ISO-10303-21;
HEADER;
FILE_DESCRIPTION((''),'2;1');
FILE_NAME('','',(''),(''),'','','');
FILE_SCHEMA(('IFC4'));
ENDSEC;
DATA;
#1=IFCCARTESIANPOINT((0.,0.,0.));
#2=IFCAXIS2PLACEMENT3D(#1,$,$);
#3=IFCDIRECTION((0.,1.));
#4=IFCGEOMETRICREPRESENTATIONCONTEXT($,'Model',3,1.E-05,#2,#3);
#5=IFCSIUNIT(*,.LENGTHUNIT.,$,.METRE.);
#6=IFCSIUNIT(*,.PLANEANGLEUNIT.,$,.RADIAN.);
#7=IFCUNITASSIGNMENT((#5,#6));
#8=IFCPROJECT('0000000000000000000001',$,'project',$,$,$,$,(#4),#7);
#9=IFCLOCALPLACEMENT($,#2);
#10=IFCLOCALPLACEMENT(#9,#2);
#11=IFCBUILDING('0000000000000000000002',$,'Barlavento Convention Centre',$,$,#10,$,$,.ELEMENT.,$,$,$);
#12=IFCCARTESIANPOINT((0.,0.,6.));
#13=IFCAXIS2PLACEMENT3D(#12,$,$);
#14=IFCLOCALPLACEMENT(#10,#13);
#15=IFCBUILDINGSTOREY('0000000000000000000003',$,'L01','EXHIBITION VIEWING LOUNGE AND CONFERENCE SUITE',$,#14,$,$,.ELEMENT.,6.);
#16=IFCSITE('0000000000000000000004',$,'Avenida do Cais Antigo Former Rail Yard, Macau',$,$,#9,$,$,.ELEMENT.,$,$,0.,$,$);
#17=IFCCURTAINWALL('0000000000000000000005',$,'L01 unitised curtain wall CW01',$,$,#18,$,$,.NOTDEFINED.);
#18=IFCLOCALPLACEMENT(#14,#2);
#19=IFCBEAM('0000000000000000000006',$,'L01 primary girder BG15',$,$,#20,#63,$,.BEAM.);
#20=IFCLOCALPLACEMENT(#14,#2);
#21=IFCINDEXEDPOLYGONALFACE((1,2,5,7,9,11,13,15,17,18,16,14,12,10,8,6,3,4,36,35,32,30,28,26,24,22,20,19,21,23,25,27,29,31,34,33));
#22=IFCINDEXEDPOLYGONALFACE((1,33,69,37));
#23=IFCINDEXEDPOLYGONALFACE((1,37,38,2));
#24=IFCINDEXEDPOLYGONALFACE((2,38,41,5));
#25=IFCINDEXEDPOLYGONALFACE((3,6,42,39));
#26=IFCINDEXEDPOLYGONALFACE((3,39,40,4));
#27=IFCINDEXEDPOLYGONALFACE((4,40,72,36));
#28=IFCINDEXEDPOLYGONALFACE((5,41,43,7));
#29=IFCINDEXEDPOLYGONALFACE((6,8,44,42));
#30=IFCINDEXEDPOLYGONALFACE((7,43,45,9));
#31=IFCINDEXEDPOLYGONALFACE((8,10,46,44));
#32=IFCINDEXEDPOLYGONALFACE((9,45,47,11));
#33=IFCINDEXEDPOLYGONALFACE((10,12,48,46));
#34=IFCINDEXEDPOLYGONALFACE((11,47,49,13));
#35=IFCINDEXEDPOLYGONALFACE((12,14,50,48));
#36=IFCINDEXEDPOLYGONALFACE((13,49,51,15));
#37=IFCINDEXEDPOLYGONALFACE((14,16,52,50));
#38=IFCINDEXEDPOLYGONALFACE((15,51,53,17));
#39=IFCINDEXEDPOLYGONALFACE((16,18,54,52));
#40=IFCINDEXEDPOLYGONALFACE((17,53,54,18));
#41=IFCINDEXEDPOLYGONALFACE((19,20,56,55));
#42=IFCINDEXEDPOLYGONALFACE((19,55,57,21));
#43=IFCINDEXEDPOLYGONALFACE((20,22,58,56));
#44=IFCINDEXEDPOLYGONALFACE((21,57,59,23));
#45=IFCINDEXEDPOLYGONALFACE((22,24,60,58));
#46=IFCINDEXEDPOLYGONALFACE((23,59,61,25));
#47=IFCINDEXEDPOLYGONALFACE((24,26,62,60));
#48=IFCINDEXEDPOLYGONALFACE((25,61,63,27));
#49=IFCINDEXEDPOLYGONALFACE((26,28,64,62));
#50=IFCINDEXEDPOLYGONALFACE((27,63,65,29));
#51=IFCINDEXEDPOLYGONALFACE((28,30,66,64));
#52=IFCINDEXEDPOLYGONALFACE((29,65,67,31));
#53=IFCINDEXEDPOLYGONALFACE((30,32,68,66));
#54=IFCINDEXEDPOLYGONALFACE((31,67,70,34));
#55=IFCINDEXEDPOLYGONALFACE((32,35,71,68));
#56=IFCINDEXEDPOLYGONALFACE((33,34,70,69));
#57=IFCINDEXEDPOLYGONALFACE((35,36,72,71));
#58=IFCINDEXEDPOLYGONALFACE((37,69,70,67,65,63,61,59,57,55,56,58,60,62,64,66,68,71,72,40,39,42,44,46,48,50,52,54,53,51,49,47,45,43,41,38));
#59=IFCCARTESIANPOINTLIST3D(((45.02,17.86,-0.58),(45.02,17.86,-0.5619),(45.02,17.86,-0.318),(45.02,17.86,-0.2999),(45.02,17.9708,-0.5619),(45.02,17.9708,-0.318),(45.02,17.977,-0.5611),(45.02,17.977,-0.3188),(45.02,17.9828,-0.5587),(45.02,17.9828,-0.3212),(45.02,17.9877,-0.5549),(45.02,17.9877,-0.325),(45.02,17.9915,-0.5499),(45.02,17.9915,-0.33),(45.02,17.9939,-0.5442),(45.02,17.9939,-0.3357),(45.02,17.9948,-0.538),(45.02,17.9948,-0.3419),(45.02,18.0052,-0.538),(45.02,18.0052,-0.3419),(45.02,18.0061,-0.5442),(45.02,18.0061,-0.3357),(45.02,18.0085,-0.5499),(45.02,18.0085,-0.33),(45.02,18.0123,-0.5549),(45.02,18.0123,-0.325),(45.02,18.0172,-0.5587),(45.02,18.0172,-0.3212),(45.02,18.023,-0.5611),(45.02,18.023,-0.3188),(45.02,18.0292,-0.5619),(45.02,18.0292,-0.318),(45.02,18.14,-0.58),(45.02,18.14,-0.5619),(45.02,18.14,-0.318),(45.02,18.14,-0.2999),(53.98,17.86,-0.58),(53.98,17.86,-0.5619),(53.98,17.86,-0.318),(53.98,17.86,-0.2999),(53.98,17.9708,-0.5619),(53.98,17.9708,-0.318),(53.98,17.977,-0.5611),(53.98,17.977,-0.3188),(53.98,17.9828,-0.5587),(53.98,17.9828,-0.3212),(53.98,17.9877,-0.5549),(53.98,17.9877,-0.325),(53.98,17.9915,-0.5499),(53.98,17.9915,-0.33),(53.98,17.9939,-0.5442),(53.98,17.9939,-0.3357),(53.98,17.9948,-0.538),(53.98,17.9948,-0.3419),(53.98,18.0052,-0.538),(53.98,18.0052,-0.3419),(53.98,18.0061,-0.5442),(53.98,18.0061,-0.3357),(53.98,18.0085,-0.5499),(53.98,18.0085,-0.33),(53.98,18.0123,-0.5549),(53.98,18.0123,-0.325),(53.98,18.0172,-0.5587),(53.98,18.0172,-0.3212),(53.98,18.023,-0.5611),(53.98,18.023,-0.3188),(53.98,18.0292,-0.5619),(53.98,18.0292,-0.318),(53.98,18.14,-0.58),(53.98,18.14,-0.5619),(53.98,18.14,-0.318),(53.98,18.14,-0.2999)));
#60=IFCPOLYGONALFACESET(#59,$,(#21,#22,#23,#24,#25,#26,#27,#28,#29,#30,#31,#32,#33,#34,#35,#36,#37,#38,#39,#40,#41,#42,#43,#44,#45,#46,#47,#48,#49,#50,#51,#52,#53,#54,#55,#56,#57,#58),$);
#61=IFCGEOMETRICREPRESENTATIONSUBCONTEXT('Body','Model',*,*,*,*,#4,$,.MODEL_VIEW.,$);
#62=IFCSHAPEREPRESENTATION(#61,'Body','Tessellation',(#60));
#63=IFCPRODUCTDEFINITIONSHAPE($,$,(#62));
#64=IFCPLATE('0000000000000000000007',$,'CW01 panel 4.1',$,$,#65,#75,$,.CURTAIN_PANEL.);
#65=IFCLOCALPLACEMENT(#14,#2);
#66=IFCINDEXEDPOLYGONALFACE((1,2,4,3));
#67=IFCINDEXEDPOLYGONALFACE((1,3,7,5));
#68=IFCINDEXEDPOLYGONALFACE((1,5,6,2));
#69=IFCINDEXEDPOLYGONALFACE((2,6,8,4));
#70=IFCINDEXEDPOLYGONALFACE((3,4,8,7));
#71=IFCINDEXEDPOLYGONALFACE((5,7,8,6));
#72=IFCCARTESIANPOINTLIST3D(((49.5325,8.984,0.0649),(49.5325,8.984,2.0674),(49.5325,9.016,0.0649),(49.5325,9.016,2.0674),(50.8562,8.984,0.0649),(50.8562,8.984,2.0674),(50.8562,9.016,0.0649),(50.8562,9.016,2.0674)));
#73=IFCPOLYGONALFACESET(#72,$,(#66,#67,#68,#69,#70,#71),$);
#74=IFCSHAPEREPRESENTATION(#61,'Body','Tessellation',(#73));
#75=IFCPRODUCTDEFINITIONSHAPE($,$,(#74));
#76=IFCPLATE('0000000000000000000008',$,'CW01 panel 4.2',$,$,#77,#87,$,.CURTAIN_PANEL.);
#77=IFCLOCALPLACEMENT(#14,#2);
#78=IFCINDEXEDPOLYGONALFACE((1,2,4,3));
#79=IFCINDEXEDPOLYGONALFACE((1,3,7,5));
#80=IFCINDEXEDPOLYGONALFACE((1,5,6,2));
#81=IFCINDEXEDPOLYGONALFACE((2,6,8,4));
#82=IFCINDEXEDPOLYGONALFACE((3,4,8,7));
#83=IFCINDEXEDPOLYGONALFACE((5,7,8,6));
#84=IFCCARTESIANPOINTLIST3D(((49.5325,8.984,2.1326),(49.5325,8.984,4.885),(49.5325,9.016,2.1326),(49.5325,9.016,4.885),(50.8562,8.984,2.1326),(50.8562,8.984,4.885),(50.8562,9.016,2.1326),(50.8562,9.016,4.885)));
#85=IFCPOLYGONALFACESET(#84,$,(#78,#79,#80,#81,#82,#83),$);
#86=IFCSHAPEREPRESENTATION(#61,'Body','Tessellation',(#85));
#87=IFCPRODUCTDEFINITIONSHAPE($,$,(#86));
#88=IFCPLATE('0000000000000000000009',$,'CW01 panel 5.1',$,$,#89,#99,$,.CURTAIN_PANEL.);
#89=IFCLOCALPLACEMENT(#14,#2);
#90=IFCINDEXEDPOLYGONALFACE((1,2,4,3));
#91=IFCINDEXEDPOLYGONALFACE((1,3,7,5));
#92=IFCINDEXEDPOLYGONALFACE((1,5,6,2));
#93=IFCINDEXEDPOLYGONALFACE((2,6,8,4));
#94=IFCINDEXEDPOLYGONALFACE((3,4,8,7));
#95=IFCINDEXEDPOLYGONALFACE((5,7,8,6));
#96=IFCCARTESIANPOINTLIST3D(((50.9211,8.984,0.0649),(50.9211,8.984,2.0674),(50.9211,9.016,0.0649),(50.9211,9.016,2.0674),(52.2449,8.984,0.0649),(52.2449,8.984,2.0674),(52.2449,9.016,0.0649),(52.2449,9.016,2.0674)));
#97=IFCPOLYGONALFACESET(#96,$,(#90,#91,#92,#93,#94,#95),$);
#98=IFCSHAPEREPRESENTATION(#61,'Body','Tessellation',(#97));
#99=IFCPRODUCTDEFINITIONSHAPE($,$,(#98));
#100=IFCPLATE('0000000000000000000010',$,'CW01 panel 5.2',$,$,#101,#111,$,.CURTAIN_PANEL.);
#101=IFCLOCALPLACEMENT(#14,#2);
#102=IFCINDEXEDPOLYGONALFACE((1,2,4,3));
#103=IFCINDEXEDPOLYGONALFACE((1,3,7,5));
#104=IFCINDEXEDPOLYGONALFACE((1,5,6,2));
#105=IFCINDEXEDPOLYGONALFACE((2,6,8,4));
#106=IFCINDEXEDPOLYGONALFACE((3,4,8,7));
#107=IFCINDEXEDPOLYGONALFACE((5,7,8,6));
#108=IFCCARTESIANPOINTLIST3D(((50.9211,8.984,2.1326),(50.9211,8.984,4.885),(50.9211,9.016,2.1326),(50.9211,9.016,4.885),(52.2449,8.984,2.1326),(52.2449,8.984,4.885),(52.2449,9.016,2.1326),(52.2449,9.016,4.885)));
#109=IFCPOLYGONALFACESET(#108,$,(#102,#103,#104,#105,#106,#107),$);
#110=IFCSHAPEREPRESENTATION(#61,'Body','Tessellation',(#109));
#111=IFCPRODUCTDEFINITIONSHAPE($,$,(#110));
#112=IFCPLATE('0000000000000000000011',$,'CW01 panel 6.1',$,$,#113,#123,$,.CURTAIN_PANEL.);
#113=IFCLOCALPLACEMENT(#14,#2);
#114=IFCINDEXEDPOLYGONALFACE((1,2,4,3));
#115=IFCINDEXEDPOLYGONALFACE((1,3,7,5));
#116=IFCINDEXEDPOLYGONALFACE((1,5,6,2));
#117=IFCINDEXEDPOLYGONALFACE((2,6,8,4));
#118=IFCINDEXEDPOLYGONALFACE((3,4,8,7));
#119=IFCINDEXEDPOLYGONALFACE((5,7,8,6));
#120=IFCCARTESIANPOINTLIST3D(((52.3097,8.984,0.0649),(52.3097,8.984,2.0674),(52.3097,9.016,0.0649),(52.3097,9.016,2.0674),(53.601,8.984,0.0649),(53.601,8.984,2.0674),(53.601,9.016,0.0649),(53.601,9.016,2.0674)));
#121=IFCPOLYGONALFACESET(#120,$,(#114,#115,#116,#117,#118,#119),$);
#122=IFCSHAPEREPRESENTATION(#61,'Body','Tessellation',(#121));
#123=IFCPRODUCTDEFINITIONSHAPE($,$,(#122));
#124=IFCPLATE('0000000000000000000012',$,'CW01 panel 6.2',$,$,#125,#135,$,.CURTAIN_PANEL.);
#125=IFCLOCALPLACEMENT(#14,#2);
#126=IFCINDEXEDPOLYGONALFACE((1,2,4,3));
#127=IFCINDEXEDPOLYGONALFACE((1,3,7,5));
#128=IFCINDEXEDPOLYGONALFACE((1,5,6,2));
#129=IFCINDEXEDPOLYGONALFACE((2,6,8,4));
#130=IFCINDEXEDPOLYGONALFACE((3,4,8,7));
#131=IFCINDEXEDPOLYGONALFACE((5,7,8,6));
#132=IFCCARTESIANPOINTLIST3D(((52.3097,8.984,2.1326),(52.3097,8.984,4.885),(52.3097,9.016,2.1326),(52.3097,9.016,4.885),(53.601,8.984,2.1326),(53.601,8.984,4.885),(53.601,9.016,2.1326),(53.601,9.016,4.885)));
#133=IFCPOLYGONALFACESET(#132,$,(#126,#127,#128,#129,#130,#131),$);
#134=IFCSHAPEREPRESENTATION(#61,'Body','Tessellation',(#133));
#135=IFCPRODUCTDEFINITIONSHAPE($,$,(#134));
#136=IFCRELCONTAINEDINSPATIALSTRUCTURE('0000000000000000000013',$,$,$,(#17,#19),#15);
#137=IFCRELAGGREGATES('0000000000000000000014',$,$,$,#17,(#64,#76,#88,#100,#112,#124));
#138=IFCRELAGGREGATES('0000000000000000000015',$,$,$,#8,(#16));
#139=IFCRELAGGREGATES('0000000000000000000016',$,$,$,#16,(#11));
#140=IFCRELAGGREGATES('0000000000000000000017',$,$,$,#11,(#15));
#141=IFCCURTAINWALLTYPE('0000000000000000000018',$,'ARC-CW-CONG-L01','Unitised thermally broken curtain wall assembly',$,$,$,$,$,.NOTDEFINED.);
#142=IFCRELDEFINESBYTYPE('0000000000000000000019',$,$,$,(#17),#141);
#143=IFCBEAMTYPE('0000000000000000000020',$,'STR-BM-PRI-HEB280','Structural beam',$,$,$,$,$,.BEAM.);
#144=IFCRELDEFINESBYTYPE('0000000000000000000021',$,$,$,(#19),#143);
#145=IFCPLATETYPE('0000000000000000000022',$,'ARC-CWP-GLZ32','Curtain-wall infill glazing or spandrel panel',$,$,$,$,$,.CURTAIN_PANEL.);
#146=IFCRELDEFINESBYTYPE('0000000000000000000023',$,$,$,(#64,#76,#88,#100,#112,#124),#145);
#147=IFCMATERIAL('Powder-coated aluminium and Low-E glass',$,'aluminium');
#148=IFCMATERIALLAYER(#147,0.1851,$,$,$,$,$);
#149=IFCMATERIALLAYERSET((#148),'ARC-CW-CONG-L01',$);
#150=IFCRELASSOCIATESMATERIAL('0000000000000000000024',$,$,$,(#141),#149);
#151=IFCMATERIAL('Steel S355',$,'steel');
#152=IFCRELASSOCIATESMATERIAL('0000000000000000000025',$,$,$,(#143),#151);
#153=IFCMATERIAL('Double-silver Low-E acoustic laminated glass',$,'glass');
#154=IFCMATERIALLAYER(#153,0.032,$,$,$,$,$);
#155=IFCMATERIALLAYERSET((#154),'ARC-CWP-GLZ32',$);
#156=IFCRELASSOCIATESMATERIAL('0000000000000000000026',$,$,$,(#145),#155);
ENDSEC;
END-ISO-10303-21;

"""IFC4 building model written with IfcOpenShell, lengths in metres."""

from ifc_helpers import new_model, si_unit, direction, frame, origin, origin_2d, place, context, subcontext, project, spatial, rectangle, i_section, extrude, material, layer, layer_set, material_profile, profile_set, type_object, element, aggregate, save


model = new_model("IFC4")

# Units and contexts
model_context = context("Model", 3, precision=1e-05, world=origin(), true_north=direction((0.0, 1.0)))
body_context = subcontext(model_context, "Body", "Model", "MODEL_VIEW")
ifc_project = project(units=[si_unit("LENGTHUNIT", "METRE"), si_unit("PLANEANGLEUNIT", "RADIAN")], contexts=[model_context])

# Site, building, storey
site_placement = place(None, origin())
site = spatial("IfcSite", under=ifc_project, at=site_placement, Name="Avenida do Cais Antigo Former Rail Yard, Macau", CompositionType="ELEMENT", RefElevation=0.0)
building_placement = place(site_placement, origin())
building = spatial("IfcBuilding", under=site, at=building_placement, Name="Barlavento Convention Centre", CompositionType="ELEMENT")
storey_placement = place(building_placement, frame((0.0, 0.0, 6.0)))
storey = spatial("IfcBuildingStorey", under=building, at=storey_placement, Name="L01", Description="EXHIBITION VIEWING LOUNGE AND CONFERENCE SUITE", CompositionType="ELEMENT", Elevation=6.0)

# Shared definitions
ifc_material_1 = material(Name="Steel S355", Category="steel")

# Curtain wall
ifc_material_2 = material(Name="Powder-coated aluminium and Low-E glass", Category="aluminium")
ifc_layer_1 = layer(ifc_material_2, 0.1851)
ifc_layer_set_1 = layer_set([ifc_layer_1], Name="ARC-CW-CONG-L01")
curtain_wall_type = type_object("IfcCurtainWallType", Name="ARC-CW-CONG-L01", Description="Unitised thermally broken curtain wall assembly", PredefinedType="NOTDEFINED", material=ifc_layer_set_1)
curtain_wall_placement = place(storey_placement, origin())
curtain_wall = element("IfcCurtainWall", 1, at=curtain_wall_placement, inside=storey, type_object=curtain_wall_type, Name="L01 unitised curtain wall CW01", PredefinedType="NOTDEFINED")

# Beam
ifc_material_profile_1 = material_profile(ifc_material_1, i_section(OverallWidth=0.28, OverallDepth=0.28, WebThickness=0.0105, FlangeThickness=0.0181, FilletRadius=0.0239, at=origin_2d()), Name="HEB 280")
ifc_profile_set_1 = profile_set([ifc_material_profile_1], Name="Steel S355")
beam_type_1 = type_object("IfcBeamType", Name="STR-BM-PRI-HEB280", Description="Structural beam", PredefinedType="BEAM", material=ifc_profile_set_1)
beam_1_placement = place(storey_placement, frame((45.02, 18.0, -0.4399), z_axis=(1.0, 0.0, 0.0), x_axis=(0.0, 1.0, 0.0)))
element("IfcBeam", 2, at=beam_1_placement, inside=storey, type_object=beam_type_1, Name="L01 primary girder BG15", PredefinedType="BEAM", context=body_context, shape_type="SweptSolid", body=[
    extrude(i_section(OverallWidth=0.28, OverallDepth=0.28, WebThickness=0.0105, FlangeThickness=0.0181, FilletRadius=0.0239, at=origin_2d()), origin(), (0.0, 0.0, 1.0), 8.96),
])

# Plates
ifc_material_3 = material(Name="Double-silver Low-E acoustic laminated glass", Category="glass")
ifc_layer_2 = layer(ifc_material_3, 0.032)
ifc_layer_set_2 = layer_set([ifc_layer_2], Name="ARC-CWP-GLZ32")
plate_type = type_object("IfcPlateType", Name="ARC-CWP-GLZ32", Description="Curtain-wall infill glazing or spandrel panel", PredefinedType="CURTAIN_PANEL", material=ifc_layer_set_2)
plate_1_placement = place(storey_placement, frame((50.1943, 9.0, 0.0649), z_axis=(0.0, 0.0, 1.0), x_axis=(1.0, 0.0, 0.0)))
plate_1 = element("IfcPlate", 3, at=plate_1_placement, type_object=plate_type, Name="CW01 panel 4.1", PredefinedType="CURTAIN_PANEL", context=body_context, shape_type="SweptSolid", body=[
    extrude(rectangle(XDim=1.3237, YDim=0.032, at=origin_2d()), origin(), (0.0, 0.0, 1.0), 2.0024),
])
plate_2_placement = place(storey_placement, frame((50.1943, 9.0, 2.1326), z_axis=(0.0, 0.0, 1.0), x_axis=(1.0, 0.0, 0.0)))
plate_2 = element("IfcPlate", 4, at=plate_2_placement, type_object=plate_type, Name="CW01 panel 4.2", PredefinedType="CURTAIN_PANEL", context=body_context, shape_type="SweptSolid", body=[
    extrude(rectangle(XDim=1.3237, YDim=0.032, at=origin_2d()), origin(), (0.0, 0.0, 1.0), 2.7524),
])
plate_3_placement = place(storey_placement, frame((51.583, 9.0, 0.0649), z_axis=(0.0, 0.0, 1.0), x_axis=(1.0, 0.0, 0.0)))
plate_3 = element("IfcPlate", 5, at=plate_3_placement, type_object=plate_type, Name="CW01 panel 5.1", PredefinedType="CURTAIN_PANEL", context=body_context, shape_type="SweptSolid", body=[
    extrude(rectangle(XDim=1.3237, YDim=0.032, at=origin_2d()), origin(), (0.0, 0.0, 1.0), 2.0024),
])
plate_4_placement = place(storey_placement, frame((51.583, 9.0, 2.1326), z_axis=(0.0, 0.0, 1.0), x_axis=(1.0, 0.0, 0.0)))
plate_4 = element("IfcPlate", 6, at=plate_4_placement, type_object=plate_type, Name="CW01 panel 5.2", PredefinedType="CURTAIN_PANEL", context=body_context, shape_type="SweptSolid", body=[
    extrude(rectangle(XDim=1.3237, YDim=0.032, at=origin_2d()), origin(), (0.0, 0.0, 1.0), 2.7524),
])
plate_5_placement = place(storey_placement, frame((52.9553, 9.0, 0.0649), z_axis=(0.0, 0.0, 1.0), x_axis=(1.0, 0.0, 0.0)))
plate_5 = element("IfcPlate", 7, at=plate_5_placement, type_object=plate_type, Name="CW01 panel 6.1", PredefinedType="CURTAIN_PANEL", context=body_context, shape_type="SweptSolid", body=[
    extrude(rectangle(XDim=1.2913, YDim=0.032, at=origin_2d()), origin(), (0.0, 0.0, 1.0), 2.0024),
])
plate_6_placement = place(storey_placement, frame((52.9553, 9.0, 2.1326), z_axis=(0.0, 0.0, 1.0), x_axis=(1.0, 0.0, 0.0)))
plate_6 = element("IfcPlate", 8, at=plate_6_placement, type_object=plate_type, Name="CW01 panel 6.2", PredefinedType="CURTAIN_PANEL", context=body_context, shape_type="SweptSolid", body=[
    extrude(rectangle(XDim=1.2913, YDim=0.032, at=origin_2d()), origin(), (0.0, 0.0, 1.0), 2.7524),
])
aggregate(curtain_wall, [plate_1, plate_2, plate_3, plate_4, plate_5, plate_6])

save(model, "model.ifc")
